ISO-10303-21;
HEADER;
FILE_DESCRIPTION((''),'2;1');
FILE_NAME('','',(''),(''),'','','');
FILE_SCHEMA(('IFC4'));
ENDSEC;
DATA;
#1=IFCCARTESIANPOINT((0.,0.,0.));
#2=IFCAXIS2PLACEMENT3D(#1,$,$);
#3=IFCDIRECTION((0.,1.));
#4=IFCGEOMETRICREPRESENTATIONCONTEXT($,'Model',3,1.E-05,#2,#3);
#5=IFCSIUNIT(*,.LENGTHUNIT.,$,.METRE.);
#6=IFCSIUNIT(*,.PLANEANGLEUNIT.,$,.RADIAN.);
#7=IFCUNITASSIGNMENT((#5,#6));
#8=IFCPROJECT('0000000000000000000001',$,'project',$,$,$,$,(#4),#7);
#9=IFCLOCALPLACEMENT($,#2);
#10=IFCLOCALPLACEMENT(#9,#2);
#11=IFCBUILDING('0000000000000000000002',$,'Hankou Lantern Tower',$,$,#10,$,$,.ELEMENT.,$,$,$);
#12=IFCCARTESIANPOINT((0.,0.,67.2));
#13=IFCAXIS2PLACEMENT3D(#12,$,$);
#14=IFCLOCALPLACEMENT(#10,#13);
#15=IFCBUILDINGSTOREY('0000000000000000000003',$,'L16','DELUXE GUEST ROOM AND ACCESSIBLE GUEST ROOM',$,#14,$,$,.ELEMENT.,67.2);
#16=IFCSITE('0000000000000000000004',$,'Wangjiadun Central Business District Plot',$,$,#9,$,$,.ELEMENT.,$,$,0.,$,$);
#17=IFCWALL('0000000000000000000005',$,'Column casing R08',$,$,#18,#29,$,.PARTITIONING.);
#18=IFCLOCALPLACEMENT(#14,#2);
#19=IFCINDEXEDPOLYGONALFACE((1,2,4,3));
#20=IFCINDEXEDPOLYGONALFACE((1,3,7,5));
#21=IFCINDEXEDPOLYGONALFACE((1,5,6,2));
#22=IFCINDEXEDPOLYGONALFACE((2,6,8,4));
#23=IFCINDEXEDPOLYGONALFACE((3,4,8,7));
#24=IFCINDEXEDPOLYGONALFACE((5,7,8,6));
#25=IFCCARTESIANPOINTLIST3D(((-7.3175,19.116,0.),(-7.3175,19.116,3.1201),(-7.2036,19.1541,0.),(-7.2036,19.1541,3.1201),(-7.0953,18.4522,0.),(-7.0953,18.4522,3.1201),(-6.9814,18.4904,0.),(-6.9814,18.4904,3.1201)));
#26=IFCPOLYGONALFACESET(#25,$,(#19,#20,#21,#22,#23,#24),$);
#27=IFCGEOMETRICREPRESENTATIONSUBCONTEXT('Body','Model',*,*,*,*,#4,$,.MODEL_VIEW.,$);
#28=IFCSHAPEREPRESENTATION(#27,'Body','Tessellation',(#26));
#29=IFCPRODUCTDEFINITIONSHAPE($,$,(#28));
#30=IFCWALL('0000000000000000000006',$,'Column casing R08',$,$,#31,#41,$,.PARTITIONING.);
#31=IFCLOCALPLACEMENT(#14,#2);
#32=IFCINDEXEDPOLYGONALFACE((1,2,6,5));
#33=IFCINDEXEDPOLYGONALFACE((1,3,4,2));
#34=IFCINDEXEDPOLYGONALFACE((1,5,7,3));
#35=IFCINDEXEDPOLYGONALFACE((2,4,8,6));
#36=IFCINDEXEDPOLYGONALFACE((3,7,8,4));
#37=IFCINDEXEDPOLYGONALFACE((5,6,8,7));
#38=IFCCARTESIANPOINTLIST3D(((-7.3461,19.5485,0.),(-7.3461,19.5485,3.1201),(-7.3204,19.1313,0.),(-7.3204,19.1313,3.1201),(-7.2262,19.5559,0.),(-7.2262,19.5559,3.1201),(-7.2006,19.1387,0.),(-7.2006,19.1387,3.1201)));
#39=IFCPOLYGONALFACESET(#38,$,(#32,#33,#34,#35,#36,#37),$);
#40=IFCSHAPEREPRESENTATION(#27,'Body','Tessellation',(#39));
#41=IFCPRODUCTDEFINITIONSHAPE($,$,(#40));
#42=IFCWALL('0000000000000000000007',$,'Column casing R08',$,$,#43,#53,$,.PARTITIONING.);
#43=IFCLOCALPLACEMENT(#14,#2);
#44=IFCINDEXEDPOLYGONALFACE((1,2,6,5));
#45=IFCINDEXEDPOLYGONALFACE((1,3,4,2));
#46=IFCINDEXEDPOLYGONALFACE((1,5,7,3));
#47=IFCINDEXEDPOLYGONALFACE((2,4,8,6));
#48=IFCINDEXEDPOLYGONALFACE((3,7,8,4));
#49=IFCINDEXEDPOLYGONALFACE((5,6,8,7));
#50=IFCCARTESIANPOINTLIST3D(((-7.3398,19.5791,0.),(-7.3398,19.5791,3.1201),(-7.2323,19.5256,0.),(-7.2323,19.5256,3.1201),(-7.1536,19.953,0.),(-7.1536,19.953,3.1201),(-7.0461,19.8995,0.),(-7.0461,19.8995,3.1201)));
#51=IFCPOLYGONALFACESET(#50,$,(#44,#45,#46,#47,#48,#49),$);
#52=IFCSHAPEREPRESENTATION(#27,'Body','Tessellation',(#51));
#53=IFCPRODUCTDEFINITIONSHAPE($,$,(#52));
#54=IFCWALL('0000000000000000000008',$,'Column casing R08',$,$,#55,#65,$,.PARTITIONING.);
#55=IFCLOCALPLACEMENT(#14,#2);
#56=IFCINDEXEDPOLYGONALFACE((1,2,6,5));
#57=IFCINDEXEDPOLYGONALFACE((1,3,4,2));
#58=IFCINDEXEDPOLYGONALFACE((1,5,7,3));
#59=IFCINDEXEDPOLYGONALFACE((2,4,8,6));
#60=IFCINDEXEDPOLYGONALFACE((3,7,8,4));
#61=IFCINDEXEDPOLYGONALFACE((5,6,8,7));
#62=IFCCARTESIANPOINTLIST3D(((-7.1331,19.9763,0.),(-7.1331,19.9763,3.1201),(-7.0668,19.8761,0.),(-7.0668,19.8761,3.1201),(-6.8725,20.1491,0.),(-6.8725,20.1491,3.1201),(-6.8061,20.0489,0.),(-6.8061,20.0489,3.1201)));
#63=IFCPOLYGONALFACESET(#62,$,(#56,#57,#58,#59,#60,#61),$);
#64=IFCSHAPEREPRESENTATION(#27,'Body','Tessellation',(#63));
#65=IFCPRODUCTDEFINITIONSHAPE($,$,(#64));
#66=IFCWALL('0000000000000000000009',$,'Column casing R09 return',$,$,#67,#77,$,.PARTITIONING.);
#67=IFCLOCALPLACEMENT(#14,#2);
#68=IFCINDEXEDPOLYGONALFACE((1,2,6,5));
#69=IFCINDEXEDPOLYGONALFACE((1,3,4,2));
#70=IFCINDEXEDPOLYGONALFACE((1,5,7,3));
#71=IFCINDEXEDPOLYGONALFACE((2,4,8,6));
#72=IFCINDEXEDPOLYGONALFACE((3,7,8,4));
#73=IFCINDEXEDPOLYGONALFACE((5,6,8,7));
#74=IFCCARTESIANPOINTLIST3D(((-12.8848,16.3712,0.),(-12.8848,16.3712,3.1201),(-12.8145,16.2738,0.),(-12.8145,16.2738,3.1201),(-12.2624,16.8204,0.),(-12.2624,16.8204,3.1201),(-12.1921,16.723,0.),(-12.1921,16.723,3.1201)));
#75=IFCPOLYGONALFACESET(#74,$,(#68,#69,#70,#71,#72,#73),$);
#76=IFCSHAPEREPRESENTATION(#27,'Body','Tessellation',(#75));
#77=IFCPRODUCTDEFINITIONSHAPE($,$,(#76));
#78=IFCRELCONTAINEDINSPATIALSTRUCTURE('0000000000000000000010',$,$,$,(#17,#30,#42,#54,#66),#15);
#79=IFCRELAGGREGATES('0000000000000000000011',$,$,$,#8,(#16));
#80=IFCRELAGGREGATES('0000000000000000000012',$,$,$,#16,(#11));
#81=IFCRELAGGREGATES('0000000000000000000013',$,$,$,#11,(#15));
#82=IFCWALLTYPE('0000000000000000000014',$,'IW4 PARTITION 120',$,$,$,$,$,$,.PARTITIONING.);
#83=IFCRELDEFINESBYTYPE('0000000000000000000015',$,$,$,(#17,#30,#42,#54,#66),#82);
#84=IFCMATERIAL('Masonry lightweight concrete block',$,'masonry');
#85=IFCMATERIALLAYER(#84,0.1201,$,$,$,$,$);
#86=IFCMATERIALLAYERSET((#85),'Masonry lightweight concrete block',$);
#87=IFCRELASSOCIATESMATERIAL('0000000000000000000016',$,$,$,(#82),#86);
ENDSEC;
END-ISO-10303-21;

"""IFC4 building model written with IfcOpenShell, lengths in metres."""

from ifc_helpers import new_model, si_unit, direction, frame, frame_2d, origin, place, context, subcontext, project, spatial, rectangle, extrude, material, layer, layer_set, type_object, element, save


model = new_model("IFC4")

# Units and contexts
model_context = context("Model", 3, precision=1e-05, world=origin(), true_north=direction((0.0, 1.0)))
body_context = subcontext(model_context, "Body", "Model", "MODEL_VIEW")
ifc_project = project(units=[si_unit("LENGTHUNIT", "METRE"), si_unit("PLANEANGLEUNIT", "RADIAN")], contexts=[model_context])

# Site, building, storey
site_placement = place(None, origin())
site = spatial("IfcSite", under=ifc_project, at=site_placement, Name="Wangjiadun Central Business District Plot", CompositionType="ELEMENT", RefElevation=0.0)
building_placement = place(site_placement, origin())
building = spatial("IfcBuilding", under=site, at=building_placement, Name="Hankou Lantern Tower", CompositionType="ELEMENT")
storey_placement = place(building_placement, frame((0.0, 0.0, 67.2)))
storey = spatial("IfcBuildingStorey", under=building, at=storey_placement, Name="L16", Description="DELUXE GUEST ROOM AND ACCESSIBLE GUEST ROOM", CompositionType="ELEMENT", Elevation=67.2)

# Walls
ifc_material_1 = material(Name="Masonry lightweight concrete block", Category="masonry")
ifc_layer_1 = layer(ifc_material_1, 0.1201)
ifc_layer_set_1 = layer_set([ifc_layer_1], Name="Masonry lightweight concrete block")
wall_type_1 = type_object("IfcWallType", Name="IW4 PARTITION 120", PredefinedType="PARTITIONING", material=ifc_layer_set_1)
wall_1_placement = place(storey_placement, frame((-7.0383, 18.4712, 0.0), z_axis=(0.0, 0.0, 1.0), x_axis=(-0.317378, 0.948299, 0.0)))
element("IfcWall", 1, at=wall_1_placement, inside=storey, type_object=wall_type_1, Name="Column casing R08", PredefinedType="PARTITIONING", context=body_context, shape_type="SweptSolid", body=[
    extrude(rectangle(XDim=0.7, YDim=0.1201, at=frame_2d((0.3501, 0.0))), origin(), (0.0, 0.0, 1.0), 3.1201),
])
wall_2_placement = place(storey_placement, frame((-7.2605, 19.135, 0.0), z_axis=(0.0, 0.0, 1.0), x_axis=(-0.061324, 0.998118, 0.0)))
element("IfcWall", 2, at=wall_2_placement, inside=storey, type_object=wall_type_1, Name="Column casing R08", PredefinedType="PARTITIONING", context=body_context, shape_type="SweptSolid", body=[
    extrude(rectangle(XDim=0.418, YDim=0.1201, at=frame_2d((0.209, 0.0))), origin(), (0.0, 0.0, 1.0), 3.1201),
])
wall_3_placement = place(storey_placement, frame((-7.2861, 19.5522, 0.0), z_axis=(0.0, 0.0, 1.0), x_axis=(0.445811, 0.895127, 0.0)))
element("IfcWall", 3, at=wall_3_placement, inside=storey, type_object=wall_type_1, Name="Column casing R08", PredefinedType="PARTITIONING", context=body_context, shape_type="SweptSolid", body=[
    extrude(rectangle(XDim=0.4177, YDim=0.1201, at=frame_2d((0.209, 0.0))), origin(), (0.0, 0.0, 1.0), 3.1201),
])
wall_4_placement = place(storey_placement, frame((-7.0999, 19.9263, 0.0), z_axis=(0.0, 0.0, 1.0), x_axis=(0.833488, 0.552537, 0.0)))
element("IfcWall", 4, at=wall_4_placement, inside=storey, type_object=wall_type_1, Name="Column casing R08", PredefinedType="PARTITIONING", context=body_context, shape_type="SweptSolid", body=[
    extrude(rectangle(XDim=0.3127, YDim=0.1201, at=frame_2d((0.1562, 0.0))), origin(), (0.0, 0.0, 1.0), 3.1201),
])
wall_5_placement = place(storey_placement, frame((-12.2273, 16.7717, 0.0), z_axis=(0.0, 0.0, 1.0), x_axis=(-0.810822, -0.585293, 0.0)))
element("IfcWall", 5, at=wall_5_placement, inside=storey, type_object=wall_type_1, Name="Column casing R09 return", PredefinedType="PARTITIONING", context=body_context, shape_type="SweptSolid", body=[
    extrude(rectangle(XDim=0.7676, YDim=0.1201, at=frame_2d((0.3838, 0.0))), origin(), (0.0, 0.0, 1.0), 3.1201),
])

save(model, "model.ifc")
